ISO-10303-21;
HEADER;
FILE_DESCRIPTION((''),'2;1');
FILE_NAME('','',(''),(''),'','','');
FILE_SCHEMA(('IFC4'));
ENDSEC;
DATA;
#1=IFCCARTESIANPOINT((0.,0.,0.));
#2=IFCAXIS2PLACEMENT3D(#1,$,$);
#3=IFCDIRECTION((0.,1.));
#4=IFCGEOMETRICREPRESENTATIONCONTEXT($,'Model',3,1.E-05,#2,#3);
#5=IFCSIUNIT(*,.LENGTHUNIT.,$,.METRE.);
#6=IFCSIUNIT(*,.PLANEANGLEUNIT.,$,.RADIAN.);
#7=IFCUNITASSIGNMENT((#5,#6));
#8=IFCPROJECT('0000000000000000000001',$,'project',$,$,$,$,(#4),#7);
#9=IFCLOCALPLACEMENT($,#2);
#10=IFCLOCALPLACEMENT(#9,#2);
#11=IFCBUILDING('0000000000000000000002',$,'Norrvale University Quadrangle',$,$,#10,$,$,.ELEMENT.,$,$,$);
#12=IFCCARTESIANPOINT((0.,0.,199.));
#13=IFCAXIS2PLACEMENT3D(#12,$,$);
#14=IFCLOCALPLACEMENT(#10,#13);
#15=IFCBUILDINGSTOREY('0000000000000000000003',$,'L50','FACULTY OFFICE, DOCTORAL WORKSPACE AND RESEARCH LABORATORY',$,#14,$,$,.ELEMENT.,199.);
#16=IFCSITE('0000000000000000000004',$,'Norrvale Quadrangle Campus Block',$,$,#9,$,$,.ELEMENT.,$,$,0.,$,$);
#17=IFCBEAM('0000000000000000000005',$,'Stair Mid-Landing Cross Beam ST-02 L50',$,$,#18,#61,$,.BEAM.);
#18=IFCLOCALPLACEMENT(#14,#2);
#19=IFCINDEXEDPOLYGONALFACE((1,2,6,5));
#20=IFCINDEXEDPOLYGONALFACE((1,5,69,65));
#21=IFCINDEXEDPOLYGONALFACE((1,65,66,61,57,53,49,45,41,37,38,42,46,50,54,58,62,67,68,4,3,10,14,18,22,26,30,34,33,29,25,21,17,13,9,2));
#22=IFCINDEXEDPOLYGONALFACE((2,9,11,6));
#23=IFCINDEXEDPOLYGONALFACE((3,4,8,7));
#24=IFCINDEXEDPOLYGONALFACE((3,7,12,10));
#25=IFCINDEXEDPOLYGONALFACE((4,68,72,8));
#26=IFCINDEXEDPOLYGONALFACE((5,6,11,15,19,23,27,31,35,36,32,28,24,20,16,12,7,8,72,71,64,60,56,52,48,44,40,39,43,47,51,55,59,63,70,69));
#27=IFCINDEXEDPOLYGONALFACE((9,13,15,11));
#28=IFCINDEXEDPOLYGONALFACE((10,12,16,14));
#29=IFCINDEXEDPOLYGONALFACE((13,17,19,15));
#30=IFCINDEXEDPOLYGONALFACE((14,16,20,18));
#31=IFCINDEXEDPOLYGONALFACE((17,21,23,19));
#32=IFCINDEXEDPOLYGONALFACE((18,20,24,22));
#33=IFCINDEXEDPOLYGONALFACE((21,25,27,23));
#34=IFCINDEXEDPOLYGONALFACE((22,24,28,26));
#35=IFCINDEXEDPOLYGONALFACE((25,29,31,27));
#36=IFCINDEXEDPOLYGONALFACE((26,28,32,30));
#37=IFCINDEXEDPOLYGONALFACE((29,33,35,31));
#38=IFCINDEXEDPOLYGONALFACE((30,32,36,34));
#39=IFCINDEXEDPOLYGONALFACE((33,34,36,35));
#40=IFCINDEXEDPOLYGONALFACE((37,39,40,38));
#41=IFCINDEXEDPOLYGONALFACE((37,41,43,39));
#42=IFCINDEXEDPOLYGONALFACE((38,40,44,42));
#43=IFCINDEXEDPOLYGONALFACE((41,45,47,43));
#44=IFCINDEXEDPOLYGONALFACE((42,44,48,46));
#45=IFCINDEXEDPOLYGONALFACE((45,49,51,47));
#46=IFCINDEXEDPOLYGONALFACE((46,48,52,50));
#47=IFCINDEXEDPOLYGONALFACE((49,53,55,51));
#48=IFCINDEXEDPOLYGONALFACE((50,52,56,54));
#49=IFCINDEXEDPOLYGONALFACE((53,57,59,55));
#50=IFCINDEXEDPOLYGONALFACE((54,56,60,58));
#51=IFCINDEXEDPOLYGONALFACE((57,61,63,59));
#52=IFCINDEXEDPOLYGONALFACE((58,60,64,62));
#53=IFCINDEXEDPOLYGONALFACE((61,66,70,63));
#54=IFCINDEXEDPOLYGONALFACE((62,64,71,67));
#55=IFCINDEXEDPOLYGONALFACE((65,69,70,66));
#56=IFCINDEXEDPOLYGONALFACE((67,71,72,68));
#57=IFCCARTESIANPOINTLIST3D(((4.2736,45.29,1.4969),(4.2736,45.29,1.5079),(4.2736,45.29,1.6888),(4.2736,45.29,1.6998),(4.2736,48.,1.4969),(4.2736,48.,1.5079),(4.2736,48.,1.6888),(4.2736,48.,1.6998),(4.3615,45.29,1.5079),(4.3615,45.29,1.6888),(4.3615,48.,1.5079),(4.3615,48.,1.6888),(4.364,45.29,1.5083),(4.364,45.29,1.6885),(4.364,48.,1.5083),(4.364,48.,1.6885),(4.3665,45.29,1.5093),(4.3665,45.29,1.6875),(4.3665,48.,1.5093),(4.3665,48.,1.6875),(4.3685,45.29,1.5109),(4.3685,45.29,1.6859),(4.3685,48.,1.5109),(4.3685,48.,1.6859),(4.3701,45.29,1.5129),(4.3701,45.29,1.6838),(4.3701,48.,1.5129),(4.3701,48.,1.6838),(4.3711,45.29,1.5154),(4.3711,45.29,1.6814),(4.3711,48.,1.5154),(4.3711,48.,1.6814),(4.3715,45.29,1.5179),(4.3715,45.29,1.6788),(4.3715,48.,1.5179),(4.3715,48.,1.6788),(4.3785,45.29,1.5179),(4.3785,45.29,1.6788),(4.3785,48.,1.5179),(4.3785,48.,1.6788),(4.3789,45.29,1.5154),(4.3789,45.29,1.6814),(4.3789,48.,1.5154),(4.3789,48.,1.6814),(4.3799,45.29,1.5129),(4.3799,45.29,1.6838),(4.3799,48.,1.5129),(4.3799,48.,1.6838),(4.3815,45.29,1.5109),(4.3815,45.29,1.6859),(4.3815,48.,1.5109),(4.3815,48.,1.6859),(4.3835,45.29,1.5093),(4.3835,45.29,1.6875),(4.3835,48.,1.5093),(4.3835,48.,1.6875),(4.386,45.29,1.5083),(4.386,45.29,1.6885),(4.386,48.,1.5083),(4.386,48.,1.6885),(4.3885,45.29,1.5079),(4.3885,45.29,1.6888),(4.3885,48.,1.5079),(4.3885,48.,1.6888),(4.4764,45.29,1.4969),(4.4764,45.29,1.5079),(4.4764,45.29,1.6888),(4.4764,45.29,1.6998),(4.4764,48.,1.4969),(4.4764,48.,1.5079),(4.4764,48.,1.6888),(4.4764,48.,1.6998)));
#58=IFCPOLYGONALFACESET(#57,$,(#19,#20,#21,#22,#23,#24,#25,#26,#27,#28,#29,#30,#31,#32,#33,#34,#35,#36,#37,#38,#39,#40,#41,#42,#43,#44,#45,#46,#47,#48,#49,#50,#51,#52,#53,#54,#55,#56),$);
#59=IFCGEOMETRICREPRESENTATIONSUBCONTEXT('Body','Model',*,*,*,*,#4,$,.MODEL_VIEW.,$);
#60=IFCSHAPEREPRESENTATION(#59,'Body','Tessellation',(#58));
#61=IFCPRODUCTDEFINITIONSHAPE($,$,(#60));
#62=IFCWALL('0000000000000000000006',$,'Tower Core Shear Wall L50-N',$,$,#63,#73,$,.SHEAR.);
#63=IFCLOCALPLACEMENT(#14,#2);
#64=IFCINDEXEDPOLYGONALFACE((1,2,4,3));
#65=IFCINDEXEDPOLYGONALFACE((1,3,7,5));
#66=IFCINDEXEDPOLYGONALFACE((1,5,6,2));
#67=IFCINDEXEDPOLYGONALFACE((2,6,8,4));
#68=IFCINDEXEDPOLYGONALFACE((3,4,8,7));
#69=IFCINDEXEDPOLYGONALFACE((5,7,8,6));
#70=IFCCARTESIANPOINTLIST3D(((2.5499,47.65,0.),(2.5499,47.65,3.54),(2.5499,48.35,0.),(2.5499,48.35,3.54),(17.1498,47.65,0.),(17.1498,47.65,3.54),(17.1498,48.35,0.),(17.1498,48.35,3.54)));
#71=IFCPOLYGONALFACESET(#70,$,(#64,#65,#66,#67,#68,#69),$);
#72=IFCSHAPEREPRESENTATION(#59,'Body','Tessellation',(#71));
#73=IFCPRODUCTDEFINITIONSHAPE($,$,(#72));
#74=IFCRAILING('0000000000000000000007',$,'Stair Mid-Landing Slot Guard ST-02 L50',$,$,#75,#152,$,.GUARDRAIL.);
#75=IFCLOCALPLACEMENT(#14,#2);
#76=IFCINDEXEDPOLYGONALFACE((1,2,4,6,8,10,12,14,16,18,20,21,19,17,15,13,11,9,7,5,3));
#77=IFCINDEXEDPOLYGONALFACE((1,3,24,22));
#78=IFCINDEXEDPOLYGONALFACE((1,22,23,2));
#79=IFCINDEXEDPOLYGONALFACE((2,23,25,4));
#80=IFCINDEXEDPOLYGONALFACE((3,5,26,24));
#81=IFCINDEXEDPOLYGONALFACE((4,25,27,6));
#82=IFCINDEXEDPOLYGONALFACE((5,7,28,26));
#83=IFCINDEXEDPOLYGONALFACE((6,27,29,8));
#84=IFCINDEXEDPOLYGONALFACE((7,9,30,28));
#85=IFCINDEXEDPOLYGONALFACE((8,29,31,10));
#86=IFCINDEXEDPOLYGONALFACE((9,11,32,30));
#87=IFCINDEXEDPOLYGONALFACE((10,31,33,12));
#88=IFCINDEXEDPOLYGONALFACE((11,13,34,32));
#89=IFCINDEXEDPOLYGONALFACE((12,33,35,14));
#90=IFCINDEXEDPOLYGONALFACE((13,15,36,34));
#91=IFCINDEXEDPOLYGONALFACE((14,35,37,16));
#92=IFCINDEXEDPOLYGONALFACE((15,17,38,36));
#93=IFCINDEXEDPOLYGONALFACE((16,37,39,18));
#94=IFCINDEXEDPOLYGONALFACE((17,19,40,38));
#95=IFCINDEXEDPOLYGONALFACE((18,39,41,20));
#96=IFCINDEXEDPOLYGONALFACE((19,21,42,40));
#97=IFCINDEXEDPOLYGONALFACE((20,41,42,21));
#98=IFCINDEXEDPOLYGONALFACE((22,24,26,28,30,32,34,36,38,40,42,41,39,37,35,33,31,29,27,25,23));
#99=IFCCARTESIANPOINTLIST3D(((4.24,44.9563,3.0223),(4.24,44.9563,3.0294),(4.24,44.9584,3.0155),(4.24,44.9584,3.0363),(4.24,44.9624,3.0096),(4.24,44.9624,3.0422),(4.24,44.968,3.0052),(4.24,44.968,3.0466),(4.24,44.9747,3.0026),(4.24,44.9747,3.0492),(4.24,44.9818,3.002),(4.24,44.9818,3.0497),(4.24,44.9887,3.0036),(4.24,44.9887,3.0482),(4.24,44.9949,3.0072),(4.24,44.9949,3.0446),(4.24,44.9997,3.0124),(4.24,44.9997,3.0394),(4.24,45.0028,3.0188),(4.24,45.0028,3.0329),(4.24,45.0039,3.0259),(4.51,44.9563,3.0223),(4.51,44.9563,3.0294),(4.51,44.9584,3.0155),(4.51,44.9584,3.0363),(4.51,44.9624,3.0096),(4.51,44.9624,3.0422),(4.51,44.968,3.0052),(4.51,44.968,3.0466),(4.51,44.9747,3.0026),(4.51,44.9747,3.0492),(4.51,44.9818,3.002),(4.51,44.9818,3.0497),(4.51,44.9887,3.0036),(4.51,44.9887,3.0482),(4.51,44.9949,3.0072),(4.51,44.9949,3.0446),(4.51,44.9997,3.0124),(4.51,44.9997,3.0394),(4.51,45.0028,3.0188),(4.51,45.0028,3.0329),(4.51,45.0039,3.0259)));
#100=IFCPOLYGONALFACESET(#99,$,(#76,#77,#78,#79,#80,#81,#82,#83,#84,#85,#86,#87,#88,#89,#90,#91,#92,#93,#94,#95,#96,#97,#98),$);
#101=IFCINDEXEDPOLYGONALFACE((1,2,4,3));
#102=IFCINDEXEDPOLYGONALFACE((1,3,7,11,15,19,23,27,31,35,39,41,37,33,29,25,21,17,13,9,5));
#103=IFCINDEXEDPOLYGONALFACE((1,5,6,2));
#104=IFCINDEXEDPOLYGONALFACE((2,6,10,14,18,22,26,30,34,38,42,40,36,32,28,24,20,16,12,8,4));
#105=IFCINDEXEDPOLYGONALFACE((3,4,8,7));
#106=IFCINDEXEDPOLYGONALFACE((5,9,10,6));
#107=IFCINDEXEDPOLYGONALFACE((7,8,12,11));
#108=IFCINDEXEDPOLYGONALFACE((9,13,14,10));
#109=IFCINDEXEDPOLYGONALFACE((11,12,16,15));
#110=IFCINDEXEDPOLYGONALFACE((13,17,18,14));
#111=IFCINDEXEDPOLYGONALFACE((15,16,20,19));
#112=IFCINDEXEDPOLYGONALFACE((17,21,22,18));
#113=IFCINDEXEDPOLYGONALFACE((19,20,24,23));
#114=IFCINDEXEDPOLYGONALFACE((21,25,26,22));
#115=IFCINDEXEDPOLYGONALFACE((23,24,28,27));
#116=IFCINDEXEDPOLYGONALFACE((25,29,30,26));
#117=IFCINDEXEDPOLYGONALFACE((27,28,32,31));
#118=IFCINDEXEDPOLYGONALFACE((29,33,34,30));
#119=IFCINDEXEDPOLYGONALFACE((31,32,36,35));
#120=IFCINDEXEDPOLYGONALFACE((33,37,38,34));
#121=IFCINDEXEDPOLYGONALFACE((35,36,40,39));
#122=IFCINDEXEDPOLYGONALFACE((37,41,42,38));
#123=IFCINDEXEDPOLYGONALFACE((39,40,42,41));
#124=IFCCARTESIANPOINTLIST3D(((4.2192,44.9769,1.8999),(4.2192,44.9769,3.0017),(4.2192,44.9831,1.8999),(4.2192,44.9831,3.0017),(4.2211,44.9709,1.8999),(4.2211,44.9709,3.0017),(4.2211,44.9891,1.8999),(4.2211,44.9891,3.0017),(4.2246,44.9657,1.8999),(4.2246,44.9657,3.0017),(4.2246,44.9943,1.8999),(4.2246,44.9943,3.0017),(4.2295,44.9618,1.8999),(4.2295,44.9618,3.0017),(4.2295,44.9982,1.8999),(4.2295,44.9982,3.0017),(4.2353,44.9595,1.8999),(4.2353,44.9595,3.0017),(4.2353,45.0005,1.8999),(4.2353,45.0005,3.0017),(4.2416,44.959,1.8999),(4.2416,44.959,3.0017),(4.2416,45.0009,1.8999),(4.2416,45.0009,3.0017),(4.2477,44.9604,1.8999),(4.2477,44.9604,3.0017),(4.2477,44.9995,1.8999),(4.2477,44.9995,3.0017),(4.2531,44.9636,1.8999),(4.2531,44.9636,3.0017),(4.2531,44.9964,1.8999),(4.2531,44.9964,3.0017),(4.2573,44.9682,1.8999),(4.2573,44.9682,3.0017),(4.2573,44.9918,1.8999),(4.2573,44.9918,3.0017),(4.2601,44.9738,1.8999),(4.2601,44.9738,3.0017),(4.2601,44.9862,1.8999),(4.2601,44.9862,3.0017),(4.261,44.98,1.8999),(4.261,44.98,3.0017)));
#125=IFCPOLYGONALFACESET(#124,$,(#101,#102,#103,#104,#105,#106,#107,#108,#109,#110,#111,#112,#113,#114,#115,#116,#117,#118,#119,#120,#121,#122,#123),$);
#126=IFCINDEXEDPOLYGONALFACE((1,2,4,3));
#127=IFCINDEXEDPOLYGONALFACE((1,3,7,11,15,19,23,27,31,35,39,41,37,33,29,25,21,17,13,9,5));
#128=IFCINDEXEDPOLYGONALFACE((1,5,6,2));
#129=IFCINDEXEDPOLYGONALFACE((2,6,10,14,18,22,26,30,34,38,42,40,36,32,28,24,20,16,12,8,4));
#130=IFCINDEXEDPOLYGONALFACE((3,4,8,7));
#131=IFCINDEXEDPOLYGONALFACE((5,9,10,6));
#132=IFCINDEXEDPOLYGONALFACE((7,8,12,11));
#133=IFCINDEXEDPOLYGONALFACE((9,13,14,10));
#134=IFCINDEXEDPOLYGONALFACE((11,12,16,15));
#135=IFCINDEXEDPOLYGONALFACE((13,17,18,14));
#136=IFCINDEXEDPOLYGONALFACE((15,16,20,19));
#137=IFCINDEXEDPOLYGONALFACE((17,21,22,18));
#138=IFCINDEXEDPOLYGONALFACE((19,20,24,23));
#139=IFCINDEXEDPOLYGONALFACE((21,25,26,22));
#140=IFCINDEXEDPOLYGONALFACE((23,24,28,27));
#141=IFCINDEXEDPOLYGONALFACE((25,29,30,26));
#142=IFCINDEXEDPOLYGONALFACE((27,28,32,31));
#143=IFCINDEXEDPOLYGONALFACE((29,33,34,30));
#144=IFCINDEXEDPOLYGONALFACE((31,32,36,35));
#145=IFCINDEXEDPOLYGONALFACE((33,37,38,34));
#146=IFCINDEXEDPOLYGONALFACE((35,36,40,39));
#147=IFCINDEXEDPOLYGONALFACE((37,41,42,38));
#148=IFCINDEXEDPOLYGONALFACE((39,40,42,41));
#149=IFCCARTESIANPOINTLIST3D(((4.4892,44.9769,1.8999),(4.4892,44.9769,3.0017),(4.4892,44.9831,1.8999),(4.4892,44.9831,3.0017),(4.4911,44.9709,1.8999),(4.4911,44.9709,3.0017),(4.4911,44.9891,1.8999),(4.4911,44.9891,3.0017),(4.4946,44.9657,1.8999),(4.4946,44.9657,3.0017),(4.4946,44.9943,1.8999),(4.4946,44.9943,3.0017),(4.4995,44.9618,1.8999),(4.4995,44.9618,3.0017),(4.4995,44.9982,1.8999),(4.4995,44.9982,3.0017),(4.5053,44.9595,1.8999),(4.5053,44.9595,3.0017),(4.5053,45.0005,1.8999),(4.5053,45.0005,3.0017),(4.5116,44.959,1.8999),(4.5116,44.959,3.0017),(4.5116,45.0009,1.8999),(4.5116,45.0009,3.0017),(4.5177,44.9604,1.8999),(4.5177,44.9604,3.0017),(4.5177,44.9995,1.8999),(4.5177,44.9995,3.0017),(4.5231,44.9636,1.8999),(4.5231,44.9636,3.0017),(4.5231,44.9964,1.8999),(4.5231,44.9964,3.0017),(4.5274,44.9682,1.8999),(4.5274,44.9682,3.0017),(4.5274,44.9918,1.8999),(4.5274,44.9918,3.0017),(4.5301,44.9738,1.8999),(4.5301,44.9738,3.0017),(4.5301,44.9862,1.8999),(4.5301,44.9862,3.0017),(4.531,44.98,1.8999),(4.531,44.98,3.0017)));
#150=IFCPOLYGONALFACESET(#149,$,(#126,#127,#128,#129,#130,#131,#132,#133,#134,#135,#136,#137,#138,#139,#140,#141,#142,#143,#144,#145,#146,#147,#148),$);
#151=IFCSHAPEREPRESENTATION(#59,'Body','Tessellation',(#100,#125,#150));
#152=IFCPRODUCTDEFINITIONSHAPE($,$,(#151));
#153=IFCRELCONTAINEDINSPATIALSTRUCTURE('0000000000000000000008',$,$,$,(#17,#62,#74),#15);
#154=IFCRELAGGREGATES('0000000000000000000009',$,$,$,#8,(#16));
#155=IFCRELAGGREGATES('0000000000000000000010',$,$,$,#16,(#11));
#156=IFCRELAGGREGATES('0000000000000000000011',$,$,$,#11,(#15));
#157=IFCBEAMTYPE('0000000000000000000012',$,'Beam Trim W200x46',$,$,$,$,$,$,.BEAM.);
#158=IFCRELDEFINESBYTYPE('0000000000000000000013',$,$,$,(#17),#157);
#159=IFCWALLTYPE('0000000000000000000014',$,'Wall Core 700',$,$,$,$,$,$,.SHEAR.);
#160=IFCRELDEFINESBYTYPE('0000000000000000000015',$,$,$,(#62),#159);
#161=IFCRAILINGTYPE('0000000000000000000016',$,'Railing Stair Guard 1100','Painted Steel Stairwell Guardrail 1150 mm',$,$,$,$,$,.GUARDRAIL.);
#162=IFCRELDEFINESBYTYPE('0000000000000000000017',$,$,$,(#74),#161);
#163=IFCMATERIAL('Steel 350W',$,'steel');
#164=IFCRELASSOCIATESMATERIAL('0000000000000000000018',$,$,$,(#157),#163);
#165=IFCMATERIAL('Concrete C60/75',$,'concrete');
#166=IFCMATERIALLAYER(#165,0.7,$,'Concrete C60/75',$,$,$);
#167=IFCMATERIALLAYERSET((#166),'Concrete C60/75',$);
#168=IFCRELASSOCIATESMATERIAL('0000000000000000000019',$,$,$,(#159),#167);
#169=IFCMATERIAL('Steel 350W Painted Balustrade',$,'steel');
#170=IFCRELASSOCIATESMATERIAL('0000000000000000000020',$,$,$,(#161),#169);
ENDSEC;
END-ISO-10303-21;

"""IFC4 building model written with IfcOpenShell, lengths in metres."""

from ifc_helpers import new_model, si_unit, direction, frame, frame_2d, origin, origin_2d, place, context, subcontext, project, spatial, rectangle, circle, i_section, extrude, material, layer, layer_set, material_profile, profile_set, type_object, element, save


model = new_model("IFC4")

# Units and contexts
model_context = context("Model", 3, precision=1e-05, world=origin(), true_north=direction((0.0, 1.0)))
body_context = subcontext(model_context, "Body", "Model", "MODEL_VIEW")
ifc_project = project(units=[si_unit("LENGTHUNIT", "METRE"), si_unit("PLANEANGLEUNIT", "RADIAN")], contexts=[model_context])

# Site, building, storey
site_placement = place(None, origin())
site = spatial("IfcSite", under=ifc_project, at=site_placement, Name="Norrvale Quadrangle Campus Block", CompositionType="ELEMENT", RefElevation=0.0)
building_placement = place(site_placement, origin())
building = spatial("IfcBuilding", under=site, at=building_placement, Name="Norrvale University Quadrangle", CompositionType="ELEMENT")
storey_placement = place(building_placement, frame((0.0, 0.0, 199.0)))
storey = spatial("IfcBuildingStorey", under=building, at=storey_placement, Name="L50", Description="FACULTY OFFICE, DOCTORAL WORKSPACE AND RESEARCH LABORATORY", CompositionType="ELEMENT", Elevation=199.0)

# Shared definitions
ifc_material_1 = material(Name="Concrete C60/75", Category="concrete")

# Beam
ifc_material_2 = material(Name="Steel 350W", Category="steel")
ifc_material_profile_1 = material_profile(ifc_material_2, i_section(OverallWidth=0.2029, OverallDepth=0.2029, WebThickness=0.0071, FlangeThickness=0.011, FilletRadius=0.01, at=origin_2d()), Name="Steel 350W")
ifc_profile_set_1 = profile_set([ifc_material_profile_1], Name="Steel 350W")
beam_type_1 = type_object("IfcBeamType", Name="Beam Trim W200x46", PredefinedType="BEAM", material=ifc_profile_set_1)
beam_1_placement = place(storey_placement, frame((4.375, 45.29, 1.5984), z_axis=(0.0, 1.0, 0.0), x_axis=(-1.0, 0.0, 0.0)))
element("IfcBeam", 1, at=beam_1_placement, inside=storey, type_object=beam_type_1, Name="Stair Mid-Landing Cross Beam ST-02 L50", PredefinedType="BEAM", context=body_context, shape_type="SweptSolid", body=[
    extrude(i_section(OverallWidth=0.2029, OverallDepth=0.2029, WebThickness=0.0071, FlangeThickness=0.011, FilletRadius=0.01, at=origin_2d()), origin(), (0.0, 0.0, 1.0), 2.71),
])

# Wall
ifc_layer_1 = layer(ifc_material_1, 0.7, Name="Concrete C60/75")
ifc_layer_set_1 = layer_set([ifc_layer_1], Name="Concrete C60/75")
wall_type_1 = type_object("IfcWallType", Name="Wall Core 700", PredefinedType="SHEAR", material=ifc_layer_set_1)
wall_1_placement = place(storey_placement, frame((2.55, 48.0, 0.0), z_axis=(0.0, 0.0, 1.0), x_axis=(1.0, 0.0, 0.0)))
element("IfcWall", 2, at=wall_1_placement, inside=storey, type_object=wall_type_1, Name="Tower Core Shear Wall L50-N", PredefinedType="SHEAR", context=body_context, shape_type="SweptSolid", body=[
    extrude(rectangle(XDim=14.5999, YDim=0.7, at=frame_2d((7.2998, 0.0))), origin(), (0.0, 0.0, 1.0), 3.54),
])

# Railing
ifc_material_3 = material(Name="Steel 350W Painted Balustrade", Category="steel")
railing_type_1 = type_object("IfcRailingType", Name="Railing Stair Guard 1100", Description="Painted Steel Stairwell Guardrail 1150 mm", PredefinedType="GUARDRAIL", material=ifc_material_3)
railing_1_placement = place(storey_placement, frame((4.24, 44.98, 1.8999)))
element("IfcRailing", 3, at=railing_1_placement, inside=storey, type_object=railing_type_1, Name="Stair Mid-Landing Slot Guard ST-02 L50", PredefinedType="GUARDRAIL", context=body_context, shape_type="SweptSolid", body=[
    extrude(circle(Radius=0.0239, at=origin_2d()), frame((0.0, 0.0, 1.126), z_axis=(1.0, 0.0, 0.0), x_axis=(0.0, 1.0, 0.0)), (0.0, 0.0, 1.0), 0.27),
    extrude(circle(Radius=0.021, at=origin_2d()), origin(), (0.0, 0.0, 1.0), 1.1018),
    extrude(circle(Radius=0.021, at=origin_2d()), frame((0.27, 0.0, 0.0)), (0.0, 0.0, 1.0), 1.1018),
])

save(model, "model.ifc")
